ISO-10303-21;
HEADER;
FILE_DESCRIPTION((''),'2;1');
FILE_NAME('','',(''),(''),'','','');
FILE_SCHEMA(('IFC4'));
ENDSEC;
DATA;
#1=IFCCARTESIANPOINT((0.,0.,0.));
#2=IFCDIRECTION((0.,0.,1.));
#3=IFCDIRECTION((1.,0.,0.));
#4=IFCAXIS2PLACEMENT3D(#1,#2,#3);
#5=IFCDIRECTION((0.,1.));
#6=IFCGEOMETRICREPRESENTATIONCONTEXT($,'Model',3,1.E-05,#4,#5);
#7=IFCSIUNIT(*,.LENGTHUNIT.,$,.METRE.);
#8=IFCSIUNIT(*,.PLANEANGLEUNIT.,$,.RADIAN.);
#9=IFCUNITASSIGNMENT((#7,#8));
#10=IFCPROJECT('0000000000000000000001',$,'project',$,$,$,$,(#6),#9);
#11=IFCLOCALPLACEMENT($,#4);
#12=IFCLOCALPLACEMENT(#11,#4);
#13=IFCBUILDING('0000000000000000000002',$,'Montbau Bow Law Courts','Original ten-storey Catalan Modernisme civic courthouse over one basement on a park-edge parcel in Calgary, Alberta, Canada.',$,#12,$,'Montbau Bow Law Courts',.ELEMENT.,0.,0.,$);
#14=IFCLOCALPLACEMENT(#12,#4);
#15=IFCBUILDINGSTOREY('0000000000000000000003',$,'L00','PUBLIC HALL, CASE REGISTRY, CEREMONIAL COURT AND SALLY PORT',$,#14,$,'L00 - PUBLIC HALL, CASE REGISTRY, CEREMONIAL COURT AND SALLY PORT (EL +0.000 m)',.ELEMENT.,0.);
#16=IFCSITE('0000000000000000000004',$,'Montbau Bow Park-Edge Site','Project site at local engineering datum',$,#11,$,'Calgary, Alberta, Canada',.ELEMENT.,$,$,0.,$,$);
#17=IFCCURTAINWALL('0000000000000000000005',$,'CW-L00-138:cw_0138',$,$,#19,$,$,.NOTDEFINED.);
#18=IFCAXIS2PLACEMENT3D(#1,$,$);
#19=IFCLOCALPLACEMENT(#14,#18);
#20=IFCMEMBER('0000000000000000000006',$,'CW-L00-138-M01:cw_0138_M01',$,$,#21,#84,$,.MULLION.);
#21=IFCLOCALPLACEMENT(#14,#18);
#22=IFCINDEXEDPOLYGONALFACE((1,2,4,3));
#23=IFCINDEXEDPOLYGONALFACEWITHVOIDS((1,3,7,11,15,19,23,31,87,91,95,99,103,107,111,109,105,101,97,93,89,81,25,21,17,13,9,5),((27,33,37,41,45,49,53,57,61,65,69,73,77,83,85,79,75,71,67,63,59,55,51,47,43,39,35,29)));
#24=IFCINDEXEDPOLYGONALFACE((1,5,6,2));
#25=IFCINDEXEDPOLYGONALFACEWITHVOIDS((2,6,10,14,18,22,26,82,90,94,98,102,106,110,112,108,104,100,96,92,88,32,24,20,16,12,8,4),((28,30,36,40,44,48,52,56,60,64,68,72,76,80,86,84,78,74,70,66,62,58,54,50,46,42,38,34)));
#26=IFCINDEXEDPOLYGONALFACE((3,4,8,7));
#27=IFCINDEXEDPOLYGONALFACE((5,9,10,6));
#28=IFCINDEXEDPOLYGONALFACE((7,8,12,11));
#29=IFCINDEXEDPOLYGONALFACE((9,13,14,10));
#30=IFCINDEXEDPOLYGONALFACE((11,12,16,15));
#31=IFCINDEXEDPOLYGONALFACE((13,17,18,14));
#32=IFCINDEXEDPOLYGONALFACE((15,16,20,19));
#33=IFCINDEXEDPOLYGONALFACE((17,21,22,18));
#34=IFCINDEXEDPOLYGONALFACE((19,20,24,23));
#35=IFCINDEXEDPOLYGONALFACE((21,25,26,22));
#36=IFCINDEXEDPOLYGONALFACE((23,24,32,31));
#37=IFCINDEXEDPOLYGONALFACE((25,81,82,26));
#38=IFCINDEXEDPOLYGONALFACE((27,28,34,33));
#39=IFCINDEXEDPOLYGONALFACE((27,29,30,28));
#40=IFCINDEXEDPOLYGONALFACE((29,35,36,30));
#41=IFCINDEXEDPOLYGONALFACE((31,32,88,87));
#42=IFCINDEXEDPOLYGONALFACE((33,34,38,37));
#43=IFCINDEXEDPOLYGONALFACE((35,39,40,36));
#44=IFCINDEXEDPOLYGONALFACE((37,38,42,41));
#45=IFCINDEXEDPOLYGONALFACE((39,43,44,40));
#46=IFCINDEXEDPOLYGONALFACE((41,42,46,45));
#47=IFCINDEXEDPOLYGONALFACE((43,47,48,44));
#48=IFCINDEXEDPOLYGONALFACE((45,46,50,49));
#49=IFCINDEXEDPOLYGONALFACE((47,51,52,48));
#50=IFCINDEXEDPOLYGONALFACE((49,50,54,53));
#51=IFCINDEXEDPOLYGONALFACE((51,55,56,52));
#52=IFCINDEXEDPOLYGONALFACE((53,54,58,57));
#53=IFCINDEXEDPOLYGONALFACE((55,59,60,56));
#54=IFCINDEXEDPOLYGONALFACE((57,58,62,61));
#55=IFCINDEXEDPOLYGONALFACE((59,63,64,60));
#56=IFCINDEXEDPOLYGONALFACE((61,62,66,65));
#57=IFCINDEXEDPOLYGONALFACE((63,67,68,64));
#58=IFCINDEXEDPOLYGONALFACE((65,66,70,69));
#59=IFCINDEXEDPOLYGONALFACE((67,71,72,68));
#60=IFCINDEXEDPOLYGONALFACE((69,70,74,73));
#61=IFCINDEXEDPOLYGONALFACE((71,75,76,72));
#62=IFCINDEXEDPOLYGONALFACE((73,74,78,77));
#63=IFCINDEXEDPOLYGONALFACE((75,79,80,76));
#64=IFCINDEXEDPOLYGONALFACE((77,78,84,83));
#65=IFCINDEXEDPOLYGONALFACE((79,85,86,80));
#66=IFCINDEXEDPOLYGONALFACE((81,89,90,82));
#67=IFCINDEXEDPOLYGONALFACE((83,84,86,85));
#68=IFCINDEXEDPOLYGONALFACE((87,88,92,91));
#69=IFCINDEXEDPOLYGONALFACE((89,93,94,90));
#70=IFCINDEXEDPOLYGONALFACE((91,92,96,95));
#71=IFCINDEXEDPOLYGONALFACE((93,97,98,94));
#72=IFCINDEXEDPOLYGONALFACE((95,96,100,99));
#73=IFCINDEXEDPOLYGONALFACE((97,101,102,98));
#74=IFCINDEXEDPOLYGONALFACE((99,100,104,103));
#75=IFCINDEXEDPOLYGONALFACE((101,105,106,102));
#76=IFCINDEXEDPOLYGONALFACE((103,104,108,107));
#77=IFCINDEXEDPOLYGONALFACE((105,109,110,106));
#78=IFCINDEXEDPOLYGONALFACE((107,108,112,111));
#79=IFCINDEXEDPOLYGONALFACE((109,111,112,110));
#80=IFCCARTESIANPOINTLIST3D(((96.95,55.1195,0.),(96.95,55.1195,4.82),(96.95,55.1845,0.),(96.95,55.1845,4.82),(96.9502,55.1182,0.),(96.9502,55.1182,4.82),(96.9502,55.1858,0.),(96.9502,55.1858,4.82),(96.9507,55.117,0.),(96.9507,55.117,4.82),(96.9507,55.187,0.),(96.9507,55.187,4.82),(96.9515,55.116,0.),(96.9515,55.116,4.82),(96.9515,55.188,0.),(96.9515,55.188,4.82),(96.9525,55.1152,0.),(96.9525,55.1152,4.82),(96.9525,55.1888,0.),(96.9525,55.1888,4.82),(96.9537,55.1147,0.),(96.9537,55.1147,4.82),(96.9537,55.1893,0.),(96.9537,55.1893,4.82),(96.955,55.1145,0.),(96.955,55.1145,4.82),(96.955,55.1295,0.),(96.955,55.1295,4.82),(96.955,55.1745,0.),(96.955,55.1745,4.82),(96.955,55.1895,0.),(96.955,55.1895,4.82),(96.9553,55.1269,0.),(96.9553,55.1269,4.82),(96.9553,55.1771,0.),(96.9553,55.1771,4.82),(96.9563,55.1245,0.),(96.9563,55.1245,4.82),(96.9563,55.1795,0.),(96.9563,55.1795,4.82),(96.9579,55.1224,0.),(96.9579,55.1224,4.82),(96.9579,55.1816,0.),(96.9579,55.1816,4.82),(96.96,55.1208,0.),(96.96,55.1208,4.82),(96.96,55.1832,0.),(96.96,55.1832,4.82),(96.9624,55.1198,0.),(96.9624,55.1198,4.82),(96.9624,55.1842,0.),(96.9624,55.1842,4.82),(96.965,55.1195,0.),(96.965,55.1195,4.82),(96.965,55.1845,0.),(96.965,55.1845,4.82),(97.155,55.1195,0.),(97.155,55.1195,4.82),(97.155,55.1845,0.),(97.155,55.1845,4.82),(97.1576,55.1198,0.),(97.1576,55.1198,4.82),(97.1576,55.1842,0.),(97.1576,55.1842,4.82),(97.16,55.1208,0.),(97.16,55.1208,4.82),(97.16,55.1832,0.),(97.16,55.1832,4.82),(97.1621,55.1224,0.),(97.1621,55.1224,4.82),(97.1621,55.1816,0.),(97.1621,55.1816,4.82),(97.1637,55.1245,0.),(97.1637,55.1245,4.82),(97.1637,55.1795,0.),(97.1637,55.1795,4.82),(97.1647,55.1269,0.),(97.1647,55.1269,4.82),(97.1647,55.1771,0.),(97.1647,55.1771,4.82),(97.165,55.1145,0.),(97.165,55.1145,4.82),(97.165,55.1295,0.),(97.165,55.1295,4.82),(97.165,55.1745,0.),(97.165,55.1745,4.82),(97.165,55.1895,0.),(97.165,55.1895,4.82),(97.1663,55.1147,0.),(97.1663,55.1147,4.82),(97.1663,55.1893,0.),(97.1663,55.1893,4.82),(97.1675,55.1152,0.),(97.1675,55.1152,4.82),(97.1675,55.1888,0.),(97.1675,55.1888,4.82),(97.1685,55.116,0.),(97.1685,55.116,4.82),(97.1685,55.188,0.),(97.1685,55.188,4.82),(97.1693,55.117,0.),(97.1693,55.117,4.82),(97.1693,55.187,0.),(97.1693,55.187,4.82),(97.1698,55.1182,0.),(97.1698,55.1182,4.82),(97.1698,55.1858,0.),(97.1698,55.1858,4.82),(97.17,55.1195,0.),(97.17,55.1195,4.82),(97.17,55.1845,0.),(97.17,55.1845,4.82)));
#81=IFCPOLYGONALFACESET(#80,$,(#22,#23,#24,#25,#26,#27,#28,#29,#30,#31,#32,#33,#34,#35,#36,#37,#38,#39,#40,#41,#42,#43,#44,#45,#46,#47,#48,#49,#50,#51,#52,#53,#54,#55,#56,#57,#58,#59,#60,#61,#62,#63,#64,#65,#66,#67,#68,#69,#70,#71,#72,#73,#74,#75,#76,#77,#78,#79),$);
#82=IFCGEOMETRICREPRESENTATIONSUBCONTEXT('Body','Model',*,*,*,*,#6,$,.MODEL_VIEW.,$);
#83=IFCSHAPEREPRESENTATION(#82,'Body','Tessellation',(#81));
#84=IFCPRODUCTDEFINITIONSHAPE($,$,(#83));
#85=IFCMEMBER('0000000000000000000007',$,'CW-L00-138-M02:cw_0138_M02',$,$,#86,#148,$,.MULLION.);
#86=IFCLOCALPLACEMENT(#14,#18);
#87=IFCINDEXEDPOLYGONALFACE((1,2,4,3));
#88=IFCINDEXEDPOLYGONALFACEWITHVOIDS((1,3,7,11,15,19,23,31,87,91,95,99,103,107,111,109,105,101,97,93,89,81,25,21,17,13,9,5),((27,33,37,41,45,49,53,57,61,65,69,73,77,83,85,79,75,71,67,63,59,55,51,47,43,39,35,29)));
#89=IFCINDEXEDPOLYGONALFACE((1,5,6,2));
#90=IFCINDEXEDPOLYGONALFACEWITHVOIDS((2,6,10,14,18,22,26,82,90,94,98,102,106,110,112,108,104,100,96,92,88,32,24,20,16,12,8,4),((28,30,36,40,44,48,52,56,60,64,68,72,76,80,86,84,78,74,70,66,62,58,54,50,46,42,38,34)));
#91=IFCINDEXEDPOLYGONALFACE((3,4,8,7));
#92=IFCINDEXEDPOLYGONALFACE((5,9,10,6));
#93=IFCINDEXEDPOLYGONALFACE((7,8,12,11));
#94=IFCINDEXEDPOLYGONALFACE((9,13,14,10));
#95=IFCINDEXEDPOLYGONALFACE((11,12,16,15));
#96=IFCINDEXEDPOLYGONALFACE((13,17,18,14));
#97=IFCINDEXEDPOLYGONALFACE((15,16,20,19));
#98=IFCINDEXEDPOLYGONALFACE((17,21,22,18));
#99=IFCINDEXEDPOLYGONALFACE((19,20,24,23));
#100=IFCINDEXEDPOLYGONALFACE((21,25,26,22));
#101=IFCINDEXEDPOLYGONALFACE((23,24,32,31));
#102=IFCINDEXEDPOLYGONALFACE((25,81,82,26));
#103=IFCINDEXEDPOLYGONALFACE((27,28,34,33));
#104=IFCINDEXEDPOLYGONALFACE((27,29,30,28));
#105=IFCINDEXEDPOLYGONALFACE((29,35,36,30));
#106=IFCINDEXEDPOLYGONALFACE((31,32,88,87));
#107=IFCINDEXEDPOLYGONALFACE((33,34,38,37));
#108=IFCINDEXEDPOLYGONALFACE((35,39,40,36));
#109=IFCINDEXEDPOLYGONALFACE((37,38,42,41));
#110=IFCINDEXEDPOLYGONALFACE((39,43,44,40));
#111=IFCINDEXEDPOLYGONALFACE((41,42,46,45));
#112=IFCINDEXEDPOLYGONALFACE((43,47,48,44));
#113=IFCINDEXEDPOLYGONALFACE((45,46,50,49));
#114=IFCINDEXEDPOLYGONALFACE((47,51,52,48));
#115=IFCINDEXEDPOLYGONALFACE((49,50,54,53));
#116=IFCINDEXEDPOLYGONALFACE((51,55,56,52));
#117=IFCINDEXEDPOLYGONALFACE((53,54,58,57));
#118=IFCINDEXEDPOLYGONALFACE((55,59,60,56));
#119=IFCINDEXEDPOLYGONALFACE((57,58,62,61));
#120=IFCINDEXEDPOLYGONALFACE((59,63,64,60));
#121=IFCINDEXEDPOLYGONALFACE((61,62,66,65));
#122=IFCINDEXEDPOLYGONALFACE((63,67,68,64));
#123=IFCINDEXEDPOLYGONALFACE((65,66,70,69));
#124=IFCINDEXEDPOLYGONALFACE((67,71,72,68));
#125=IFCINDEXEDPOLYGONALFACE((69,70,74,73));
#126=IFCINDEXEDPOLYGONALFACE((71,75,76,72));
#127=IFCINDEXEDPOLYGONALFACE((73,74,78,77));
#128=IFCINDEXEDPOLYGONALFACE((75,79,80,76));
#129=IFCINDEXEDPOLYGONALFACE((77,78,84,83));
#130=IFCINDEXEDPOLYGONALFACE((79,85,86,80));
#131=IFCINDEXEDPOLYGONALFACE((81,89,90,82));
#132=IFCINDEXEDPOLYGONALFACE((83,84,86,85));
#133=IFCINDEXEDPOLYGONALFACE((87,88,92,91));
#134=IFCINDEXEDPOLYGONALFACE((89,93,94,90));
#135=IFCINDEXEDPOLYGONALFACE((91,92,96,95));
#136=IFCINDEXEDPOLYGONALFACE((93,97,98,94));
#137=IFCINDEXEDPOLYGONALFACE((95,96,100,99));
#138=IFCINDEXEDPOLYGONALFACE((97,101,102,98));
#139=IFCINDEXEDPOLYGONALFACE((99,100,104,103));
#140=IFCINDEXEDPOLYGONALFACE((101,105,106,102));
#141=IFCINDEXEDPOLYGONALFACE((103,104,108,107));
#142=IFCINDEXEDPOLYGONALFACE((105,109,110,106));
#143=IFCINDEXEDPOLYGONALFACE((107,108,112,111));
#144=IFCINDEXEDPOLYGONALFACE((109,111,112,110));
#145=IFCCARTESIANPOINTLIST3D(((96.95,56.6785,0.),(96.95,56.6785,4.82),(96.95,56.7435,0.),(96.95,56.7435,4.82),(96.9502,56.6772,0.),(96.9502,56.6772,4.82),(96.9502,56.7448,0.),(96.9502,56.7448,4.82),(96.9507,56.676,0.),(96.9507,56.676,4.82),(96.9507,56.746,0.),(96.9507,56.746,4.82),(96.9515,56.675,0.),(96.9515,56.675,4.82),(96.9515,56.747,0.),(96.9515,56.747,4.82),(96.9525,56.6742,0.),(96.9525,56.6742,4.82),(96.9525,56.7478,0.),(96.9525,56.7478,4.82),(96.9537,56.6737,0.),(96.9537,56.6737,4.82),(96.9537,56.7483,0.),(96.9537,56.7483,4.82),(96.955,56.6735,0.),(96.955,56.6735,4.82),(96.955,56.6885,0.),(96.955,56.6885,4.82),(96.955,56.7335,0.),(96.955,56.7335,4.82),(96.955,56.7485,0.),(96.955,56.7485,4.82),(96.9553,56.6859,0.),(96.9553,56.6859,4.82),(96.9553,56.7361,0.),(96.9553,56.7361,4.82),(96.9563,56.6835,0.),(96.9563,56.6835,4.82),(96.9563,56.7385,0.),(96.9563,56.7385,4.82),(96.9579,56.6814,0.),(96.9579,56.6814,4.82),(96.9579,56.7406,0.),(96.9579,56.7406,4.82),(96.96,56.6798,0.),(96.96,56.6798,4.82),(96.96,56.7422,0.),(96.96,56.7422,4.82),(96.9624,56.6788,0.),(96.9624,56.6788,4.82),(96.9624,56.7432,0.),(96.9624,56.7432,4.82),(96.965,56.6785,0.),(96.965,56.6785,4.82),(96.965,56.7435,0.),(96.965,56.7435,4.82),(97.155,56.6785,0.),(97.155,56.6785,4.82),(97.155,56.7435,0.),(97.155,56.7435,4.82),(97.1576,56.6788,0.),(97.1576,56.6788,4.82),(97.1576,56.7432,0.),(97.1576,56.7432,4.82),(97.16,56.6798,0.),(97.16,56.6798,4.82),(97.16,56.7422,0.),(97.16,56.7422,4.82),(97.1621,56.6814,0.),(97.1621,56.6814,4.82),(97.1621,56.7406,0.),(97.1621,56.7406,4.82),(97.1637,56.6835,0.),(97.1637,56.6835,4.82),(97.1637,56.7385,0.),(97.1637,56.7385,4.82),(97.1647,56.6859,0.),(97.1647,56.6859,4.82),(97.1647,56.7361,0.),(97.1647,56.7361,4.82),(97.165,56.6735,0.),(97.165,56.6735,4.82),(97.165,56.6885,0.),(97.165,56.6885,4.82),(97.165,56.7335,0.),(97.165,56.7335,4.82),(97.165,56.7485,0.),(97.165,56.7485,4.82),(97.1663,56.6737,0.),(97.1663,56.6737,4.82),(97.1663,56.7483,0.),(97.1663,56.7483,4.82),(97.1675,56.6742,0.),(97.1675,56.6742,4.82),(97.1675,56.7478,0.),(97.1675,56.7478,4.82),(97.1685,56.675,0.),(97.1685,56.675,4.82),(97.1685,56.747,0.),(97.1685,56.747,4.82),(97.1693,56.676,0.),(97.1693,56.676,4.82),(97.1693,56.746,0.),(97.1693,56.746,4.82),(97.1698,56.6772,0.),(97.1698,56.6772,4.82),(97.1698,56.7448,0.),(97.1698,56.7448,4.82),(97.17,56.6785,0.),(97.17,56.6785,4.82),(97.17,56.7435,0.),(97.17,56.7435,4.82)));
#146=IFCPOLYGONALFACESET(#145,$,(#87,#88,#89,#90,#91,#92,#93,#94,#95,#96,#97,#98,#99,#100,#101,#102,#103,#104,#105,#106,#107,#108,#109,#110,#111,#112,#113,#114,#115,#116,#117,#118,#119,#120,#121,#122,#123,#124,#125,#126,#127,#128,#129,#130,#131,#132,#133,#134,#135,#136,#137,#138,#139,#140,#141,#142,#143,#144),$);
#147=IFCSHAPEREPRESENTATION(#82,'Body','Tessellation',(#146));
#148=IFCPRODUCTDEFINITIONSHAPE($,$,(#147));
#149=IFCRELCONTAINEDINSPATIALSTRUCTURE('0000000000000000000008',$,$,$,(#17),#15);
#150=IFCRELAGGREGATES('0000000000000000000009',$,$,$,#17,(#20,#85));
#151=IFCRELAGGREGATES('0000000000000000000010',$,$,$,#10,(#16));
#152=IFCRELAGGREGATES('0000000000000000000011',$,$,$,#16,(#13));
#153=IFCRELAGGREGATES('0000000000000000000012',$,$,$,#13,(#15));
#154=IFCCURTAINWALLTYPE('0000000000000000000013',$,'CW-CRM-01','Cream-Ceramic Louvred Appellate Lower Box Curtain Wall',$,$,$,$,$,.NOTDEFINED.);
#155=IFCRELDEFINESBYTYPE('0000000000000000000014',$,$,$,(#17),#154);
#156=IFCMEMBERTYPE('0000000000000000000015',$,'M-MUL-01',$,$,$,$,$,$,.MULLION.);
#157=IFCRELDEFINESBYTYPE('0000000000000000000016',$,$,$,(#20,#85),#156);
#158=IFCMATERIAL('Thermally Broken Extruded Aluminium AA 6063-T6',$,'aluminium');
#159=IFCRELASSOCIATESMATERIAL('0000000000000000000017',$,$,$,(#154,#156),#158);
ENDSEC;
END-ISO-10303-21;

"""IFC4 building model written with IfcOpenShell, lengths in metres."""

from ifc_helpers import new_model, si_unit, direction, frame, origin_with_axes, origin_2d_with_axis, place, context, subcontext, project, spatial, hollow_rectangle, extrude, material, material_profile, profile_set, type_object, element, aggregate, save


model = new_model("IFC4")

# Units and contexts
model_context = context("Model", 3, precision=1e-05, world=origin_with_axes(), true_north=direction((0.0, 1.0)))
body_context = subcontext(model_context, "Body", "Model", "MODEL_VIEW")
ifc_project = project(units=[si_unit("LENGTHUNIT", "METRE"), si_unit("PLANEANGLEUNIT", "RADIAN")], contexts=[model_context])

# Site, building, storey
site_placement = place(None, origin_with_axes())
site = spatial("IfcSite", under=ifc_project, at=site_placement, Name="Montbau Bow Park-Edge Site", Description="Project site at local engineering datum", LongName="Calgary, Alberta, Canada", CompositionType="ELEMENT", RefElevation=0.0)
building_placement = place(site_placement, origin_with_axes())
building = spatial("IfcBuilding", under=site, at=building_placement, Name="Montbau Bow Law Courts", Description="Original ten-storey Catalan Modernisme civic courthouse over one basement on a park-edge parcel in Calgary, Alberta, Canada.", LongName="Montbau Bow Law Courts", CompositionType="ELEMENT", ElevationOfRefHeight=0.0, ElevationOfTerrain=0.0)
storey_placement = place(building_placement, origin_with_axes())
storey = spatial("IfcBuildingStorey", under=building, at=storey_placement, Name="L00", Description="PUBLIC HALL, CASE REGISTRY, CEREMONIAL COURT AND SALLY PORT", LongName="L00 - PUBLIC HALL, CASE REGISTRY, CEREMONIAL COURT AND SALLY PORT (EL +0.000 m)", CompositionType="ELEMENT", Elevation=0.0)

# Curtain wall, members
ifc_material_1 = material(Name="Thermally Broken Extruded Aluminium AA 6063-T6", Category="aluminium")
curtain_wall_type = type_object("IfcCurtainWallType", Name="CW-CRM-01", Description="Cream-Ceramic Louvred Appellate Lower Box Curtain Wall", PredefinedType="NOTDEFINED", material=ifc_material_1)
curtain_wall_1_placement = place(None, frame((97.06, 55.115, 0.0), z_axis=(0.0, 0.0, 1.0), x_axis=(1.0, 0.0, 0.0)))
curtain_wall_1 = element("IfcCurtainWall", 1, at=curtain_wall_1_placement, inside=storey, type_object=curtain_wall_type, Name="CW-L00-138:cw_0138", PredefinedType="NOTDEFINED")
ifc_material_profile_1 = material_profile(ifc_material_1, hollow_rectangle(XDim=0.075, YDim=0.22, WallThickness=0.005, InnerFilletRadius=0.01, OuterFilletRadius=0.005, at=origin_2d_with_axis()), Name="CWM-220X75", Category="Main", Priority=0)
ifc_profile_set_1 = profile_set([ifc_material_profile_1], Name="Thermally Broken Extruded Aluminium AA 6063-T6")
member_type_1 = type_object("IfcMemberType", Name="M-MUL-01", PredefinedType="MULLION", material=ifc_profile_set_1)
member_1_placement = place(None, frame((97.06, 55.152, 0.0), z_axis=(0.0, 0.0, 1.0), x_axis=(0.0, 1.0, 0.0)))
member_1 = element("IfcMember", 2, at=member_1_placement, type_object=member_type_1, Name="CW-L00-138-M01:cw_0138_M01", PredefinedType="MULLION", context=body_context, shape_type="SweptSolid", body=[
    extrude(hollow_rectangle(XDim=0.075, YDim=0.22, WallThickness=0.005, InnerFilletRadius=0.01, OuterFilletRadius=0.005, at=origin_2d_with_axis()), origin_with_axes(), (0.0, 0.0, 1.0), 4.82),
])
member_2_placement = place(None, frame((97.06, 56.711, 0.0), z_axis=(0.0, 0.0, 1.0), x_axis=(0.0, 1.0, 0.0)))
member_2 = element("IfcMember", 3, at=member_2_placement, type_object=member_type_1, Name="CW-L00-138-M02:cw_0138_M02", PredefinedType="MULLION", context=body_context, shape_type="SweptSolid", body=[
    extrude(hollow_rectangle(XDim=0.075, YDim=0.22, WallThickness=0.005, InnerFilletRadius=0.01, OuterFilletRadius=0.005, at=origin_2d_with_axis()), origin_with_axes(), (0.0, 0.0, 1.0), 4.82),
])

aggregate(curtain_wall_1, [member_1, member_2])

save(model, "model.ifc")
